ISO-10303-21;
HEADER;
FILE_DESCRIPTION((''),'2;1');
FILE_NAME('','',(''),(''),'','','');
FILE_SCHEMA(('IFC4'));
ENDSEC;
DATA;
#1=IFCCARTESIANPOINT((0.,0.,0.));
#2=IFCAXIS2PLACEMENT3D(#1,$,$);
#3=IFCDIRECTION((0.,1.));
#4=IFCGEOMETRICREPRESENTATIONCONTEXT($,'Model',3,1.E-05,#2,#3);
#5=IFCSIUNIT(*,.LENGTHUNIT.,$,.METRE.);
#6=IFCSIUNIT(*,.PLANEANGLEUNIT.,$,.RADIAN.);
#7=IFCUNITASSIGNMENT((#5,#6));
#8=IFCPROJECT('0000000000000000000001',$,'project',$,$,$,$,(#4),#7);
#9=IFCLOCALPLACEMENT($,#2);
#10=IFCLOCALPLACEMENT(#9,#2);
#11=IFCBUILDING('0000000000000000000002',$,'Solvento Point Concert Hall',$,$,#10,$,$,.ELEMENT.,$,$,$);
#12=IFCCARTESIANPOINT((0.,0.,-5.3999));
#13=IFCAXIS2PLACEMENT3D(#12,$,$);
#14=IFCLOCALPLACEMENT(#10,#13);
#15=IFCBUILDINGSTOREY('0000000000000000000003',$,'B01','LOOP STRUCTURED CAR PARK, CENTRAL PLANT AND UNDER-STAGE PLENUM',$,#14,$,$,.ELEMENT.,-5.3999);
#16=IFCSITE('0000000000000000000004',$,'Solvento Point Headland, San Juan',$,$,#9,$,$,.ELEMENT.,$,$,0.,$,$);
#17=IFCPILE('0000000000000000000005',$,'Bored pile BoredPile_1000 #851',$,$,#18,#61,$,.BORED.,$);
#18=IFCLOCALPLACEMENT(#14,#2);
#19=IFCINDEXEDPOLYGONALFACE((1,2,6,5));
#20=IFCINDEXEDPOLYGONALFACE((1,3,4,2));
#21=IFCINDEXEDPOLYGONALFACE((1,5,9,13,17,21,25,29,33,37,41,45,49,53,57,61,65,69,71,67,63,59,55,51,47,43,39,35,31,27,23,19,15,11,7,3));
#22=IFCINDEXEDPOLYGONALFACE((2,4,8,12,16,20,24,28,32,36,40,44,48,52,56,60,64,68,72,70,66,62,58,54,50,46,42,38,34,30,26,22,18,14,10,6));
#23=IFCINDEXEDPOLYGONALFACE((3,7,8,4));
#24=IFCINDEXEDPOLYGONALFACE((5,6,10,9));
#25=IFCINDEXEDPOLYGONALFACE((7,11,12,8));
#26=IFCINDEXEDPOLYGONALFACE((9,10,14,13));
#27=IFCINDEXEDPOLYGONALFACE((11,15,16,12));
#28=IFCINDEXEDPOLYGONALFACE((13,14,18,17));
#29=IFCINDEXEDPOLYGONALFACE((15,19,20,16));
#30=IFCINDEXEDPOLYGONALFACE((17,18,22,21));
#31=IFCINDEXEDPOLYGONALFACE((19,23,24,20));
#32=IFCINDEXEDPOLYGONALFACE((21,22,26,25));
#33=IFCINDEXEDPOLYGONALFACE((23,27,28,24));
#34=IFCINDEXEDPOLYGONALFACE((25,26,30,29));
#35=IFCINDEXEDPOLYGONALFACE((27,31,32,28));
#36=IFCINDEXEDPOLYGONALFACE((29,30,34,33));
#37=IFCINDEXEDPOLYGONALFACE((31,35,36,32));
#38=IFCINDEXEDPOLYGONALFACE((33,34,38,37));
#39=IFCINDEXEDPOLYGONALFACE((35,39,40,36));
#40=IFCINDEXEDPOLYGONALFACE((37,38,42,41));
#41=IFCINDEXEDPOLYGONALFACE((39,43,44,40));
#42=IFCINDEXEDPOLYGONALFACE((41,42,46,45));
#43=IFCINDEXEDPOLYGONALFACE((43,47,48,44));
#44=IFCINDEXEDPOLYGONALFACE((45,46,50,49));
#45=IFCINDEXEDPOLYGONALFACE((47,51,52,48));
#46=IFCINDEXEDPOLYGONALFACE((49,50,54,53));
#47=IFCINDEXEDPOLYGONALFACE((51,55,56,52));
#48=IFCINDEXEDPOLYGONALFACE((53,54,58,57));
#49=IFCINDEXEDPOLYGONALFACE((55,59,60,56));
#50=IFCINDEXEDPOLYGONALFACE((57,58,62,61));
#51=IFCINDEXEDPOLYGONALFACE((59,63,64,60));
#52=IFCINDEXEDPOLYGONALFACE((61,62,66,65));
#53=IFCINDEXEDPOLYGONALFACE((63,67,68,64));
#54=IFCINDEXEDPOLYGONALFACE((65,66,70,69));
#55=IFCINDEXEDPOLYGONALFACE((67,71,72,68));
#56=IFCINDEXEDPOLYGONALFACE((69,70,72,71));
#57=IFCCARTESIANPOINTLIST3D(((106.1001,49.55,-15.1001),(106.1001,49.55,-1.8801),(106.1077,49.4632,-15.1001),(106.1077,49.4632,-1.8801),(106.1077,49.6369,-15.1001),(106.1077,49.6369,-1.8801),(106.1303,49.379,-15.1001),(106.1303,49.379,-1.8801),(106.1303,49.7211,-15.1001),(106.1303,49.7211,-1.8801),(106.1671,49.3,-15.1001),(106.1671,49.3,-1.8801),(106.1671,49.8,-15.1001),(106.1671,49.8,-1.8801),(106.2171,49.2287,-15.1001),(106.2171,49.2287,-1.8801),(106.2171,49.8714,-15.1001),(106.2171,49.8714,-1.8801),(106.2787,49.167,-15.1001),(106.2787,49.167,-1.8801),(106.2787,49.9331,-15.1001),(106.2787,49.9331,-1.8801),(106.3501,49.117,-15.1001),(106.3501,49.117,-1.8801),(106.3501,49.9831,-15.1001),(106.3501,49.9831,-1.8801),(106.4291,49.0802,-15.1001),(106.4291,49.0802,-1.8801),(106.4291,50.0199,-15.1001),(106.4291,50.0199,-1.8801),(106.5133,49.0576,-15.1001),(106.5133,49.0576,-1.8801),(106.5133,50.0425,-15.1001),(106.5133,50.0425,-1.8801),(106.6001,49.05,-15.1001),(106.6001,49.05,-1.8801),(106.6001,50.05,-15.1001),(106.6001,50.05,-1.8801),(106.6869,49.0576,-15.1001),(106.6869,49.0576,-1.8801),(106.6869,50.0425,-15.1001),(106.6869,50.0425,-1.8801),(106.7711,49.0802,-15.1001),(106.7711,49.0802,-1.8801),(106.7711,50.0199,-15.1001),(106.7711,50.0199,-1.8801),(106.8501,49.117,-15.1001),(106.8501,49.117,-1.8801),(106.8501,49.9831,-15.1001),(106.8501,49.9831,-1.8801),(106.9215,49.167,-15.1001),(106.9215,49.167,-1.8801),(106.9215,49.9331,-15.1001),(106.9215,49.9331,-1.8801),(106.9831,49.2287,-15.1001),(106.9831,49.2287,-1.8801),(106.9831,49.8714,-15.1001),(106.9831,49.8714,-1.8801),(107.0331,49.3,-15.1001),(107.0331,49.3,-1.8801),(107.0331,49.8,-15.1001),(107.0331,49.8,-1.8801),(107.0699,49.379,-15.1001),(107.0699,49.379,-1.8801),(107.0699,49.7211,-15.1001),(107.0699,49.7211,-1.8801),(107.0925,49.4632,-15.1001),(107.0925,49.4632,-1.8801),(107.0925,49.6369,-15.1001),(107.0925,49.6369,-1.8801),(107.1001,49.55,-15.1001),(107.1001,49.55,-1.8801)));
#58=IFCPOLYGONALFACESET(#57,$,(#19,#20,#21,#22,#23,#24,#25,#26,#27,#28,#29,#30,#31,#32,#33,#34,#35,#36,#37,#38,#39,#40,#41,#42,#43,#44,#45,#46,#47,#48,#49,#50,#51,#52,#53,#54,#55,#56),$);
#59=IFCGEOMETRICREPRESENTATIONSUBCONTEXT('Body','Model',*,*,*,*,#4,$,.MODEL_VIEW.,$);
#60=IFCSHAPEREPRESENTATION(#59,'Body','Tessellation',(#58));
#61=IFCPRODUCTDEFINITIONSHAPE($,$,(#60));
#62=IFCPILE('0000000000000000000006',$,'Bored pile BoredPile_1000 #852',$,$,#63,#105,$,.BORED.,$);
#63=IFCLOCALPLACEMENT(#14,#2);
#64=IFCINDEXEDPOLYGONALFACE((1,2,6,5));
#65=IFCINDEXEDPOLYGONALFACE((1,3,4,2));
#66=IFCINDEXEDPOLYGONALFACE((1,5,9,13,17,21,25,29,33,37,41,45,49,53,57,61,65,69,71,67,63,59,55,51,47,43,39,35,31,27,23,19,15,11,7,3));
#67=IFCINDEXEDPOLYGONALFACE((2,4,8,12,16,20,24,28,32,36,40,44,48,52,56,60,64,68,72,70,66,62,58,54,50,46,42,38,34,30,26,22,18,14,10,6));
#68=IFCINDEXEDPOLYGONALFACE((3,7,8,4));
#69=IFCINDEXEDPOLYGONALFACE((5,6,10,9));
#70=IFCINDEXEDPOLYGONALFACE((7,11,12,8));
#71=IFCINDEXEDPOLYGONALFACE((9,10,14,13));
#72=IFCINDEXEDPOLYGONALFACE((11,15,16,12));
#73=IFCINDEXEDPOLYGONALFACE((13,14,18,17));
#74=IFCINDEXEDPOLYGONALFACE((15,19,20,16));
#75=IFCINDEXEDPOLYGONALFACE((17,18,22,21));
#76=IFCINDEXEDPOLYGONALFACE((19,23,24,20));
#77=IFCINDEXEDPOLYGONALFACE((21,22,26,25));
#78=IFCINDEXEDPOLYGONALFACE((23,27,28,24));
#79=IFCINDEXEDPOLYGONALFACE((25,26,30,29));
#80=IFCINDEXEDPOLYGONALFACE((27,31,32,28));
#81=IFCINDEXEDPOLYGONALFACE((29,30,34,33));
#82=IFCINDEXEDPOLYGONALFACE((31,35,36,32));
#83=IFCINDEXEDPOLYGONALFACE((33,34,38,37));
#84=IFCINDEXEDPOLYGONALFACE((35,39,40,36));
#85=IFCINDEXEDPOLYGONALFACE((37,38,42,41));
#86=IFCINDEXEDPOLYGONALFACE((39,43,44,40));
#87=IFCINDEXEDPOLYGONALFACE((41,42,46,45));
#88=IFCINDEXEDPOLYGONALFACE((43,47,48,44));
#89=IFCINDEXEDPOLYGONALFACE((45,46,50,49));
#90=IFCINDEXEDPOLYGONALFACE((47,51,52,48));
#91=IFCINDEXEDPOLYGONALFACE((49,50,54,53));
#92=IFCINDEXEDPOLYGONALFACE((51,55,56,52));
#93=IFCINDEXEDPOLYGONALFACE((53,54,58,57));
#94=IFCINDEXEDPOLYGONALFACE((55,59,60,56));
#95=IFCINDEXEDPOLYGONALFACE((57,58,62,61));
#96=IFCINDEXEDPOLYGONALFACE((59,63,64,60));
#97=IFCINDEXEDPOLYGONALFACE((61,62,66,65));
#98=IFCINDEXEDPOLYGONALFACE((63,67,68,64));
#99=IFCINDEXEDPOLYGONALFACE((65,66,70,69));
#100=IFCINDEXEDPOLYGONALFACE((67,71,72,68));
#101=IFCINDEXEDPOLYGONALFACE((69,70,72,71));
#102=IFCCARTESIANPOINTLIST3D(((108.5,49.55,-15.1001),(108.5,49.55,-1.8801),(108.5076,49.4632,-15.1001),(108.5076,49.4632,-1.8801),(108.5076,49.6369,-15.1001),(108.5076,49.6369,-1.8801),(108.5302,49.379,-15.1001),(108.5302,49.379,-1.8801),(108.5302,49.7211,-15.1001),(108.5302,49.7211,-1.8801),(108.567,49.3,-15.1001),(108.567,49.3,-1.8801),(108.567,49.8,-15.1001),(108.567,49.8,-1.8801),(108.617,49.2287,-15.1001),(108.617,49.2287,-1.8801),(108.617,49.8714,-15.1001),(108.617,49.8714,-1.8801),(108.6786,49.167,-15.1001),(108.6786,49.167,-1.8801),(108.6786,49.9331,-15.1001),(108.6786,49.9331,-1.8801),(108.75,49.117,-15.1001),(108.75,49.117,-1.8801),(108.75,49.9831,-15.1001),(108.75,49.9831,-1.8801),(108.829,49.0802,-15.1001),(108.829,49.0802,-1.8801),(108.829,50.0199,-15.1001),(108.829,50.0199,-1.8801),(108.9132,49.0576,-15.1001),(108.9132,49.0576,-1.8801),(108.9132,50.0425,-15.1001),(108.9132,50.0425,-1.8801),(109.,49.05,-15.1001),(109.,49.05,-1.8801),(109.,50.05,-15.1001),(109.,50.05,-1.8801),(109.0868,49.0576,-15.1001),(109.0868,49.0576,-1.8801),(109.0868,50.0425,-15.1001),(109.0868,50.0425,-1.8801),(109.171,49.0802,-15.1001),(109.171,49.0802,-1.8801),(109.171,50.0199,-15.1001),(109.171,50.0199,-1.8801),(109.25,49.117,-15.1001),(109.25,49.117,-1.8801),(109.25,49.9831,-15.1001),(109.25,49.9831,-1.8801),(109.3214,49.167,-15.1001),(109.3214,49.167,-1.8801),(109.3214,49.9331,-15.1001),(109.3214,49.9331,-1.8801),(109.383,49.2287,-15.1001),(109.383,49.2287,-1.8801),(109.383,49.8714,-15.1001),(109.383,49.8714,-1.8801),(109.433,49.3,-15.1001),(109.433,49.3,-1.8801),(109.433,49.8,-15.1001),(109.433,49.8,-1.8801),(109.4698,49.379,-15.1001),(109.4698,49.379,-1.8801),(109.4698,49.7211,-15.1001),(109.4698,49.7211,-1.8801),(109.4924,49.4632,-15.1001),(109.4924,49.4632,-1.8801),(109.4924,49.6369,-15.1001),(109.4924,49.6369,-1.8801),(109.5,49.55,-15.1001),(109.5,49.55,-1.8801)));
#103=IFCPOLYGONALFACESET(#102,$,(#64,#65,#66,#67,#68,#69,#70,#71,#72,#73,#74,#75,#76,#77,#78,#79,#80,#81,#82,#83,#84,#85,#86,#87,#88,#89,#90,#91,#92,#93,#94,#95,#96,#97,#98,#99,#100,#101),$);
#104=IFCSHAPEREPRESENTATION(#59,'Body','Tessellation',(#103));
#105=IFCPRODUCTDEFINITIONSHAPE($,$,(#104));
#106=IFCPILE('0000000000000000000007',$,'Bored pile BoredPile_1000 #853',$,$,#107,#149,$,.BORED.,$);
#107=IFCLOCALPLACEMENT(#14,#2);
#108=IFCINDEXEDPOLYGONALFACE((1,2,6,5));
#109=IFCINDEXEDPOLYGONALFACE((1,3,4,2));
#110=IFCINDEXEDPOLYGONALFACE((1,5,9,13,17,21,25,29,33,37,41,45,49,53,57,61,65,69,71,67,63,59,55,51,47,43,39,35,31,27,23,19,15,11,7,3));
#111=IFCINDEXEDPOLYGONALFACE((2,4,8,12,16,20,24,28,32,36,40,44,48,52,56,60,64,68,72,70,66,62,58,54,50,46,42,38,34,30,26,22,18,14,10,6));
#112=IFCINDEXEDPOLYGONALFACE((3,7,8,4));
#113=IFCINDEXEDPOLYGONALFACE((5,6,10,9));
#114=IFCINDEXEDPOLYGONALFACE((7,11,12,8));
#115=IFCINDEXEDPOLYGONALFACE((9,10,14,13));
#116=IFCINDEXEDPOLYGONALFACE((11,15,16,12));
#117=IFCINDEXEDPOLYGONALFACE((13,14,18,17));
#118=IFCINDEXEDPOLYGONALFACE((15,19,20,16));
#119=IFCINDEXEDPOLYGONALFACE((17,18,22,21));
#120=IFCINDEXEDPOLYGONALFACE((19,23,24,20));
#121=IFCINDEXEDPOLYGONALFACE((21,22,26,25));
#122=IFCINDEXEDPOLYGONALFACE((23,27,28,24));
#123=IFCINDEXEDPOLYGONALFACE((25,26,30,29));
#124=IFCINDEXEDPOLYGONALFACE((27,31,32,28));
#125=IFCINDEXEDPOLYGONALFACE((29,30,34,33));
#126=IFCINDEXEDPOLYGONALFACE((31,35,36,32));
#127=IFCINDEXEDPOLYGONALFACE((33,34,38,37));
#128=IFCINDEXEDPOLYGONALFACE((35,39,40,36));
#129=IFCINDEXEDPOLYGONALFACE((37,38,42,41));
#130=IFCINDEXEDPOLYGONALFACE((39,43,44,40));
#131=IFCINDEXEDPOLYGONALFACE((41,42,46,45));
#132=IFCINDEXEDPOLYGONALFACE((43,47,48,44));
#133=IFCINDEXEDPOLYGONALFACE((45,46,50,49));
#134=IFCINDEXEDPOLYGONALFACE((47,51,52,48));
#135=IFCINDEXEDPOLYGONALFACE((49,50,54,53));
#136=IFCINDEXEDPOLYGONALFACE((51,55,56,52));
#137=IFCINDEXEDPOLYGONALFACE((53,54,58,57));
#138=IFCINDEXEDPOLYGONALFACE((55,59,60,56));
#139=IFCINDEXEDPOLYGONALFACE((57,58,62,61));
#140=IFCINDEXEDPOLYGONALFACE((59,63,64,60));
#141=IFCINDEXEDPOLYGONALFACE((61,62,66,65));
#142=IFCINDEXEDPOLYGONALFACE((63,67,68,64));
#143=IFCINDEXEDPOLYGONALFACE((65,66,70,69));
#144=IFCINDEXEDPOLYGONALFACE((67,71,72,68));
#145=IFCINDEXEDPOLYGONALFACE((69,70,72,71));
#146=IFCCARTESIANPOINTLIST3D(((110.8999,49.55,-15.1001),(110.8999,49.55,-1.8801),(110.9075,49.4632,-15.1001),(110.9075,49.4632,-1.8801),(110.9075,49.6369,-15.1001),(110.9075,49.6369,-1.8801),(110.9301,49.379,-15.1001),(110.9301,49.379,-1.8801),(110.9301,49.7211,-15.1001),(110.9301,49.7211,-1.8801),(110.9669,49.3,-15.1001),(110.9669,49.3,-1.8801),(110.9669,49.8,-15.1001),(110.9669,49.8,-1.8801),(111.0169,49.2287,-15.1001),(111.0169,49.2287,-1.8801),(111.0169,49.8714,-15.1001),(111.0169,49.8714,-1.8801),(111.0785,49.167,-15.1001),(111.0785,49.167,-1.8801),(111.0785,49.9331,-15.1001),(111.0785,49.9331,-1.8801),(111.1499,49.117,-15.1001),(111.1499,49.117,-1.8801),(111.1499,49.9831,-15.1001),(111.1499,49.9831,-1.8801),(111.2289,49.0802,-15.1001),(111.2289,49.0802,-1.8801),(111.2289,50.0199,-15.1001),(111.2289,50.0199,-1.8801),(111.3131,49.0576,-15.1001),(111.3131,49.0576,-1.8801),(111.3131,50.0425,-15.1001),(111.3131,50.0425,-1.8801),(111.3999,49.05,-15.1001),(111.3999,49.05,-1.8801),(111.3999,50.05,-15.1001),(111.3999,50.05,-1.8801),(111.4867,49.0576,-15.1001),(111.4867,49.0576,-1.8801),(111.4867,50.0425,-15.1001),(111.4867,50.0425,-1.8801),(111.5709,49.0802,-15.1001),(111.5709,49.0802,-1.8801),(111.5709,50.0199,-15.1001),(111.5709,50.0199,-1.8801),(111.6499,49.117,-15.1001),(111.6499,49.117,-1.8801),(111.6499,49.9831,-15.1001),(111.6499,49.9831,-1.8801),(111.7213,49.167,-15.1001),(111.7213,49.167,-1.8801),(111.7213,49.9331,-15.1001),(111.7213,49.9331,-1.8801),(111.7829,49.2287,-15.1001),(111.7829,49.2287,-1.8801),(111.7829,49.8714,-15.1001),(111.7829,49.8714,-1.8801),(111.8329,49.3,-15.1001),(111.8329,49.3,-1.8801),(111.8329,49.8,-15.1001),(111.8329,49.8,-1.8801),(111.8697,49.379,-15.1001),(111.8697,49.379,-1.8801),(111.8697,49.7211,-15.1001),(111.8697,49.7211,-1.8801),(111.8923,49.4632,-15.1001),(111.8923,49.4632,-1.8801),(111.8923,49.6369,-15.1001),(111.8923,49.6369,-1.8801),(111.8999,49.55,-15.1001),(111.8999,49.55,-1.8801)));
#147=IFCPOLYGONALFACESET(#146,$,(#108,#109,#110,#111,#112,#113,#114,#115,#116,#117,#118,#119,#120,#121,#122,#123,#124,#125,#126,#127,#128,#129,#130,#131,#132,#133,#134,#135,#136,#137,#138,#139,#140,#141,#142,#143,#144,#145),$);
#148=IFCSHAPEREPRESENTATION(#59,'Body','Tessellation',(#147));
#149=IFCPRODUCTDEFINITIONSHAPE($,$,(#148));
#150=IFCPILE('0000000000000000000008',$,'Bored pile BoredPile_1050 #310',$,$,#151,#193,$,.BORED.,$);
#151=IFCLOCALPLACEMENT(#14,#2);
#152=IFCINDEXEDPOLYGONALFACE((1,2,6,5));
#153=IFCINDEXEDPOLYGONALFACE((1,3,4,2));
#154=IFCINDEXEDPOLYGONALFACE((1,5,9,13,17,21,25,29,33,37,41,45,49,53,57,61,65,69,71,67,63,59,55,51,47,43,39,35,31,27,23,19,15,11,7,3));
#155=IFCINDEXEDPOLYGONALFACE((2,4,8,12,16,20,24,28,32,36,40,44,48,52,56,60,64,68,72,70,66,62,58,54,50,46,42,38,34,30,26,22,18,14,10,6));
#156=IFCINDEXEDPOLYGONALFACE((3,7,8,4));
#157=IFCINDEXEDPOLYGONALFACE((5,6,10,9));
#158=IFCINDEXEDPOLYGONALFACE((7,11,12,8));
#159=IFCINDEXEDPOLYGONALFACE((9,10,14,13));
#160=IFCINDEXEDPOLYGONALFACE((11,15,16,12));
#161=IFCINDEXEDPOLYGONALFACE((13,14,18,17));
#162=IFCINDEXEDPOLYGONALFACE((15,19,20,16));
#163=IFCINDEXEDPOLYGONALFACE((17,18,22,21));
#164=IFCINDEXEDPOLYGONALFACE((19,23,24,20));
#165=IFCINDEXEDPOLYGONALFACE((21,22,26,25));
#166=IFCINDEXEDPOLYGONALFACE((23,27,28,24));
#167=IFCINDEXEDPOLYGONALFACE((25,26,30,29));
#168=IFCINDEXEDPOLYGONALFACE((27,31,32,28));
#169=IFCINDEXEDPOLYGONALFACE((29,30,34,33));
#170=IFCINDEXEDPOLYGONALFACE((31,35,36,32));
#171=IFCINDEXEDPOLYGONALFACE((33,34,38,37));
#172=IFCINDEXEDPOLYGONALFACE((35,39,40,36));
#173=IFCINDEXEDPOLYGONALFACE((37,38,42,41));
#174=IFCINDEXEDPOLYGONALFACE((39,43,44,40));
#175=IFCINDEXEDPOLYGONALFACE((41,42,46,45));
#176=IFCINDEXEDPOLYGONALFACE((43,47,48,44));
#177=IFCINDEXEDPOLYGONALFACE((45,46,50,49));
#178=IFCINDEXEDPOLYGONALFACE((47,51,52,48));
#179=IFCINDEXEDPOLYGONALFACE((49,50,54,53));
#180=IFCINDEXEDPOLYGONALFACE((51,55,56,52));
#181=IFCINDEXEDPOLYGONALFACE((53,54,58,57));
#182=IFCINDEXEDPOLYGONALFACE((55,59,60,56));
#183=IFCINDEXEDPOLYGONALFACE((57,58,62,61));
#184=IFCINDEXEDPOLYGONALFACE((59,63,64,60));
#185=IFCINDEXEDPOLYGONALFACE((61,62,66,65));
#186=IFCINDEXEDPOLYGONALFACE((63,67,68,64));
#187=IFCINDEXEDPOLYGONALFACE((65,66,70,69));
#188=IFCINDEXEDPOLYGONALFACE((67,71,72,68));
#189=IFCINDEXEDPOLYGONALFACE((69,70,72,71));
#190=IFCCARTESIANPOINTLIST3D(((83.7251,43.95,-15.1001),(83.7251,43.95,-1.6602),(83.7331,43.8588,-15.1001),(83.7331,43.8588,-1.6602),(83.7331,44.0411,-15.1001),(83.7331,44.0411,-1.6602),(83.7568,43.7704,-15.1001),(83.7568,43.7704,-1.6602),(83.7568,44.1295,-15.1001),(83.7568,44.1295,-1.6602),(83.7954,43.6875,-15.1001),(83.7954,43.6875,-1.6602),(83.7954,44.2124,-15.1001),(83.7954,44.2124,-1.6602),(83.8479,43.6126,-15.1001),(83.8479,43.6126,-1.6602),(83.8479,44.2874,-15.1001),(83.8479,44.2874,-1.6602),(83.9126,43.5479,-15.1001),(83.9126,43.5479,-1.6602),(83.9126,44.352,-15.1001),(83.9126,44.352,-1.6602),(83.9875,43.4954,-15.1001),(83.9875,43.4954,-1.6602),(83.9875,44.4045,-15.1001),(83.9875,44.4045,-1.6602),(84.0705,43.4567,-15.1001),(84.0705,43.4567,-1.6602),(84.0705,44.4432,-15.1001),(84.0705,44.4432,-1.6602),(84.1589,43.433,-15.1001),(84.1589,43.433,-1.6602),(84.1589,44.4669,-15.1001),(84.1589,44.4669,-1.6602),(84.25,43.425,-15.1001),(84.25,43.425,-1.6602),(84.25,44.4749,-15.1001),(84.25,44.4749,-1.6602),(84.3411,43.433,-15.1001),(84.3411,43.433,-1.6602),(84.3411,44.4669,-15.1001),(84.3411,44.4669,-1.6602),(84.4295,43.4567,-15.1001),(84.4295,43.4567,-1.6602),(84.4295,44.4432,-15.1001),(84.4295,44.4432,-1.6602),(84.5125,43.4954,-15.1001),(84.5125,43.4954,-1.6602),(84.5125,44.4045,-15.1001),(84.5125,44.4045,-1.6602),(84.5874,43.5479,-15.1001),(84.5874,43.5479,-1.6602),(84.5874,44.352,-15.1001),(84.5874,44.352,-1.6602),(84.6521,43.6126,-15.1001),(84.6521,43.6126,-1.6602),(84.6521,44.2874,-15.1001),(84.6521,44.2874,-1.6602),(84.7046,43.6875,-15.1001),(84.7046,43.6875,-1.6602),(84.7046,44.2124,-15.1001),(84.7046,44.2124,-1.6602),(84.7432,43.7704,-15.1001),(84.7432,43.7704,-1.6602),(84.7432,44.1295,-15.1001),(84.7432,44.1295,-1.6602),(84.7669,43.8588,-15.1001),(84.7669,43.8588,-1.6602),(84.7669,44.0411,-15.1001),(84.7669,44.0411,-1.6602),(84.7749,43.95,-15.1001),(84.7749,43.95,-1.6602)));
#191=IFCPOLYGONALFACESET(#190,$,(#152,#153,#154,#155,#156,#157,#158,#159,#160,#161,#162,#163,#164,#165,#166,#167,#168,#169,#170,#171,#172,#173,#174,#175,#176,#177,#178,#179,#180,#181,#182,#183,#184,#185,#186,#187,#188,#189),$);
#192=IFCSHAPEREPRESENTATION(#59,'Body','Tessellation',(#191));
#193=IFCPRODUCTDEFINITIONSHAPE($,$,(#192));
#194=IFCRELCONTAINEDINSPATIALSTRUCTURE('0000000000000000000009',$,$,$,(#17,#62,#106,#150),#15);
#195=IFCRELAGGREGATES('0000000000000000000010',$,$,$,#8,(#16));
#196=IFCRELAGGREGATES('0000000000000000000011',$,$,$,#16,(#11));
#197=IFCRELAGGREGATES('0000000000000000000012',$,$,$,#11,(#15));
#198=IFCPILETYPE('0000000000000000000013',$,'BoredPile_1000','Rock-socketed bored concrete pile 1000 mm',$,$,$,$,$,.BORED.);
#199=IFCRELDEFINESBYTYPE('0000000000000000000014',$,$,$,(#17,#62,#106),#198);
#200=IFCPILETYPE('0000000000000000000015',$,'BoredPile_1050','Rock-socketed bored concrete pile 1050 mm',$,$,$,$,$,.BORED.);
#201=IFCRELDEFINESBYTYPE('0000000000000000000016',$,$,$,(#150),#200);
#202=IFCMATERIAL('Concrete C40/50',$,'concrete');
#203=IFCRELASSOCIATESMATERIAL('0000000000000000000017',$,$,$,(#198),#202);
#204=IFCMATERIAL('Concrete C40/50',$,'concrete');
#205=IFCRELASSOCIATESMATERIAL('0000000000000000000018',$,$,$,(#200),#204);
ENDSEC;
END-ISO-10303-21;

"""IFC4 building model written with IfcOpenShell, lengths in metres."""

from ifc_helpers import new_model, si_unit, direction, frame, origin, origin_2d, place, context, subcontext, project, spatial, circle, extrude, material, material_profile, profile_set, type_object, element, save


model = new_model("IFC4")

# Units and contexts
model_context = context("Model", 3, precision=1e-05, world=origin(), true_north=direction((0.0, 1.0)))
body_context = subcontext(model_context, "Body", "Model", "MODEL_VIEW")
ifc_project = project(units=[si_unit("LENGTHUNIT", "METRE"), si_unit("PLANEANGLEUNIT", "RADIAN")], contexts=[model_context])

# Site, building, storey
site_placement = place(None, origin())
site = spatial("IfcSite", under=ifc_project, at=site_placement, Name="Solvento Point Headland, San Juan", CompositionType="ELEMENT", RefElevation=0.0)
building_placement = place(site_placement, origin())
building = spatial("IfcBuilding", under=site, at=building_placement, Name="Solvento Point Concert Hall", CompositionType="ELEMENT")
storey_placement = place(building_placement, frame((0.0, 0.0, -5.3999)))
storey = spatial("IfcBuildingStorey", under=building, at=storey_placement, Name="B01", Description="LOOP STRUCTURED CAR PARK, CENTRAL PLANT AND UNDER-STAGE PLENUM", CompositionType="ELEMENT", Elevation=-5.3999)

# Piles
ifc_material_1 = material(Name="Concrete C40/50", Category="concrete")
ifc_material_profile_1 = material_profile(ifc_material_1, circle(Radius=0.5, at=origin_2d()), Name="BP-1000")
ifc_profile_set_1 = profile_set([ifc_material_profile_1], Name="Concrete C40/50")
pile_type_1 = type_object("IfcPileType", Name="BoredPile_1000", Description="Rock-socketed bored concrete pile 1000 mm", PredefinedType="BORED", material=ifc_profile_set_1)
for number, where, z_axis, x_axis, name in (
    (1, (106.6001, 49.55, -1.8801), (0.0, 0.0, -1.0), (1.0, 0.0, 0.0), "Bored pile BoredPile_1000 #851"),
    (2, (109.0, 49.55, -1.8801), (0.0, 0.0, -1.0), (1.0, 0.0, 0.0), "Bored pile BoredPile_1000 #852"),
    (3, (111.3999, 49.55, -1.8801), (0.0, 0.0, -1.0), (1.0, 0.0, 0.0), "Bored pile BoredPile_1000 #853"),
):
    element("IfcPile", number, at=place(storey_placement, frame(where, z_axis=z_axis, x_axis=x_axis)), inside=storey, type_object=pile_type_1, Name=name, PredefinedType="BORED", context=body_context, shape_type="SweptSolid", body=[
        extrude(circle(Radius=0.5, at=origin_2d()), origin(), (0.0, 0.0, 1.0), 13.22),
    ])
ifc_material_2 = material(Name="Concrete C40/50", Category="concrete")
ifc_material_profile_2 = material_profile(ifc_material_2, circle(Radius=0.5249, at=origin_2d()), Name="BP-1050")
ifc_profile_set_2 = profile_set([ifc_material_profile_2], Name="Concrete C40/50")
pile_type_2 = type_object("IfcPileType", Name="BoredPile_1050", Description="Rock-socketed bored concrete pile 1050 mm", PredefinedType="BORED", material=ifc_profile_set_2)
pile_1_placement = place(storey_placement, frame((84.25, 43.95, -1.6602), z_axis=(0.0, 0.0, -1.0), x_axis=(1.0, 0.0, 0.0)))
element("IfcPile", 4, at=pile_1_placement, inside=storey, type_object=pile_type_2, Name="Bored pile BoredPile_1050 #310", PredefinedType="BORED", context=body_context, shape_type="SweptSolid", body=[
    extrude(circle(Radius=0.5249, at=origin_2d()), origin(), (0.0, 0.0, 1.0), 13.4399),
])

save(model, "model.ifc")
